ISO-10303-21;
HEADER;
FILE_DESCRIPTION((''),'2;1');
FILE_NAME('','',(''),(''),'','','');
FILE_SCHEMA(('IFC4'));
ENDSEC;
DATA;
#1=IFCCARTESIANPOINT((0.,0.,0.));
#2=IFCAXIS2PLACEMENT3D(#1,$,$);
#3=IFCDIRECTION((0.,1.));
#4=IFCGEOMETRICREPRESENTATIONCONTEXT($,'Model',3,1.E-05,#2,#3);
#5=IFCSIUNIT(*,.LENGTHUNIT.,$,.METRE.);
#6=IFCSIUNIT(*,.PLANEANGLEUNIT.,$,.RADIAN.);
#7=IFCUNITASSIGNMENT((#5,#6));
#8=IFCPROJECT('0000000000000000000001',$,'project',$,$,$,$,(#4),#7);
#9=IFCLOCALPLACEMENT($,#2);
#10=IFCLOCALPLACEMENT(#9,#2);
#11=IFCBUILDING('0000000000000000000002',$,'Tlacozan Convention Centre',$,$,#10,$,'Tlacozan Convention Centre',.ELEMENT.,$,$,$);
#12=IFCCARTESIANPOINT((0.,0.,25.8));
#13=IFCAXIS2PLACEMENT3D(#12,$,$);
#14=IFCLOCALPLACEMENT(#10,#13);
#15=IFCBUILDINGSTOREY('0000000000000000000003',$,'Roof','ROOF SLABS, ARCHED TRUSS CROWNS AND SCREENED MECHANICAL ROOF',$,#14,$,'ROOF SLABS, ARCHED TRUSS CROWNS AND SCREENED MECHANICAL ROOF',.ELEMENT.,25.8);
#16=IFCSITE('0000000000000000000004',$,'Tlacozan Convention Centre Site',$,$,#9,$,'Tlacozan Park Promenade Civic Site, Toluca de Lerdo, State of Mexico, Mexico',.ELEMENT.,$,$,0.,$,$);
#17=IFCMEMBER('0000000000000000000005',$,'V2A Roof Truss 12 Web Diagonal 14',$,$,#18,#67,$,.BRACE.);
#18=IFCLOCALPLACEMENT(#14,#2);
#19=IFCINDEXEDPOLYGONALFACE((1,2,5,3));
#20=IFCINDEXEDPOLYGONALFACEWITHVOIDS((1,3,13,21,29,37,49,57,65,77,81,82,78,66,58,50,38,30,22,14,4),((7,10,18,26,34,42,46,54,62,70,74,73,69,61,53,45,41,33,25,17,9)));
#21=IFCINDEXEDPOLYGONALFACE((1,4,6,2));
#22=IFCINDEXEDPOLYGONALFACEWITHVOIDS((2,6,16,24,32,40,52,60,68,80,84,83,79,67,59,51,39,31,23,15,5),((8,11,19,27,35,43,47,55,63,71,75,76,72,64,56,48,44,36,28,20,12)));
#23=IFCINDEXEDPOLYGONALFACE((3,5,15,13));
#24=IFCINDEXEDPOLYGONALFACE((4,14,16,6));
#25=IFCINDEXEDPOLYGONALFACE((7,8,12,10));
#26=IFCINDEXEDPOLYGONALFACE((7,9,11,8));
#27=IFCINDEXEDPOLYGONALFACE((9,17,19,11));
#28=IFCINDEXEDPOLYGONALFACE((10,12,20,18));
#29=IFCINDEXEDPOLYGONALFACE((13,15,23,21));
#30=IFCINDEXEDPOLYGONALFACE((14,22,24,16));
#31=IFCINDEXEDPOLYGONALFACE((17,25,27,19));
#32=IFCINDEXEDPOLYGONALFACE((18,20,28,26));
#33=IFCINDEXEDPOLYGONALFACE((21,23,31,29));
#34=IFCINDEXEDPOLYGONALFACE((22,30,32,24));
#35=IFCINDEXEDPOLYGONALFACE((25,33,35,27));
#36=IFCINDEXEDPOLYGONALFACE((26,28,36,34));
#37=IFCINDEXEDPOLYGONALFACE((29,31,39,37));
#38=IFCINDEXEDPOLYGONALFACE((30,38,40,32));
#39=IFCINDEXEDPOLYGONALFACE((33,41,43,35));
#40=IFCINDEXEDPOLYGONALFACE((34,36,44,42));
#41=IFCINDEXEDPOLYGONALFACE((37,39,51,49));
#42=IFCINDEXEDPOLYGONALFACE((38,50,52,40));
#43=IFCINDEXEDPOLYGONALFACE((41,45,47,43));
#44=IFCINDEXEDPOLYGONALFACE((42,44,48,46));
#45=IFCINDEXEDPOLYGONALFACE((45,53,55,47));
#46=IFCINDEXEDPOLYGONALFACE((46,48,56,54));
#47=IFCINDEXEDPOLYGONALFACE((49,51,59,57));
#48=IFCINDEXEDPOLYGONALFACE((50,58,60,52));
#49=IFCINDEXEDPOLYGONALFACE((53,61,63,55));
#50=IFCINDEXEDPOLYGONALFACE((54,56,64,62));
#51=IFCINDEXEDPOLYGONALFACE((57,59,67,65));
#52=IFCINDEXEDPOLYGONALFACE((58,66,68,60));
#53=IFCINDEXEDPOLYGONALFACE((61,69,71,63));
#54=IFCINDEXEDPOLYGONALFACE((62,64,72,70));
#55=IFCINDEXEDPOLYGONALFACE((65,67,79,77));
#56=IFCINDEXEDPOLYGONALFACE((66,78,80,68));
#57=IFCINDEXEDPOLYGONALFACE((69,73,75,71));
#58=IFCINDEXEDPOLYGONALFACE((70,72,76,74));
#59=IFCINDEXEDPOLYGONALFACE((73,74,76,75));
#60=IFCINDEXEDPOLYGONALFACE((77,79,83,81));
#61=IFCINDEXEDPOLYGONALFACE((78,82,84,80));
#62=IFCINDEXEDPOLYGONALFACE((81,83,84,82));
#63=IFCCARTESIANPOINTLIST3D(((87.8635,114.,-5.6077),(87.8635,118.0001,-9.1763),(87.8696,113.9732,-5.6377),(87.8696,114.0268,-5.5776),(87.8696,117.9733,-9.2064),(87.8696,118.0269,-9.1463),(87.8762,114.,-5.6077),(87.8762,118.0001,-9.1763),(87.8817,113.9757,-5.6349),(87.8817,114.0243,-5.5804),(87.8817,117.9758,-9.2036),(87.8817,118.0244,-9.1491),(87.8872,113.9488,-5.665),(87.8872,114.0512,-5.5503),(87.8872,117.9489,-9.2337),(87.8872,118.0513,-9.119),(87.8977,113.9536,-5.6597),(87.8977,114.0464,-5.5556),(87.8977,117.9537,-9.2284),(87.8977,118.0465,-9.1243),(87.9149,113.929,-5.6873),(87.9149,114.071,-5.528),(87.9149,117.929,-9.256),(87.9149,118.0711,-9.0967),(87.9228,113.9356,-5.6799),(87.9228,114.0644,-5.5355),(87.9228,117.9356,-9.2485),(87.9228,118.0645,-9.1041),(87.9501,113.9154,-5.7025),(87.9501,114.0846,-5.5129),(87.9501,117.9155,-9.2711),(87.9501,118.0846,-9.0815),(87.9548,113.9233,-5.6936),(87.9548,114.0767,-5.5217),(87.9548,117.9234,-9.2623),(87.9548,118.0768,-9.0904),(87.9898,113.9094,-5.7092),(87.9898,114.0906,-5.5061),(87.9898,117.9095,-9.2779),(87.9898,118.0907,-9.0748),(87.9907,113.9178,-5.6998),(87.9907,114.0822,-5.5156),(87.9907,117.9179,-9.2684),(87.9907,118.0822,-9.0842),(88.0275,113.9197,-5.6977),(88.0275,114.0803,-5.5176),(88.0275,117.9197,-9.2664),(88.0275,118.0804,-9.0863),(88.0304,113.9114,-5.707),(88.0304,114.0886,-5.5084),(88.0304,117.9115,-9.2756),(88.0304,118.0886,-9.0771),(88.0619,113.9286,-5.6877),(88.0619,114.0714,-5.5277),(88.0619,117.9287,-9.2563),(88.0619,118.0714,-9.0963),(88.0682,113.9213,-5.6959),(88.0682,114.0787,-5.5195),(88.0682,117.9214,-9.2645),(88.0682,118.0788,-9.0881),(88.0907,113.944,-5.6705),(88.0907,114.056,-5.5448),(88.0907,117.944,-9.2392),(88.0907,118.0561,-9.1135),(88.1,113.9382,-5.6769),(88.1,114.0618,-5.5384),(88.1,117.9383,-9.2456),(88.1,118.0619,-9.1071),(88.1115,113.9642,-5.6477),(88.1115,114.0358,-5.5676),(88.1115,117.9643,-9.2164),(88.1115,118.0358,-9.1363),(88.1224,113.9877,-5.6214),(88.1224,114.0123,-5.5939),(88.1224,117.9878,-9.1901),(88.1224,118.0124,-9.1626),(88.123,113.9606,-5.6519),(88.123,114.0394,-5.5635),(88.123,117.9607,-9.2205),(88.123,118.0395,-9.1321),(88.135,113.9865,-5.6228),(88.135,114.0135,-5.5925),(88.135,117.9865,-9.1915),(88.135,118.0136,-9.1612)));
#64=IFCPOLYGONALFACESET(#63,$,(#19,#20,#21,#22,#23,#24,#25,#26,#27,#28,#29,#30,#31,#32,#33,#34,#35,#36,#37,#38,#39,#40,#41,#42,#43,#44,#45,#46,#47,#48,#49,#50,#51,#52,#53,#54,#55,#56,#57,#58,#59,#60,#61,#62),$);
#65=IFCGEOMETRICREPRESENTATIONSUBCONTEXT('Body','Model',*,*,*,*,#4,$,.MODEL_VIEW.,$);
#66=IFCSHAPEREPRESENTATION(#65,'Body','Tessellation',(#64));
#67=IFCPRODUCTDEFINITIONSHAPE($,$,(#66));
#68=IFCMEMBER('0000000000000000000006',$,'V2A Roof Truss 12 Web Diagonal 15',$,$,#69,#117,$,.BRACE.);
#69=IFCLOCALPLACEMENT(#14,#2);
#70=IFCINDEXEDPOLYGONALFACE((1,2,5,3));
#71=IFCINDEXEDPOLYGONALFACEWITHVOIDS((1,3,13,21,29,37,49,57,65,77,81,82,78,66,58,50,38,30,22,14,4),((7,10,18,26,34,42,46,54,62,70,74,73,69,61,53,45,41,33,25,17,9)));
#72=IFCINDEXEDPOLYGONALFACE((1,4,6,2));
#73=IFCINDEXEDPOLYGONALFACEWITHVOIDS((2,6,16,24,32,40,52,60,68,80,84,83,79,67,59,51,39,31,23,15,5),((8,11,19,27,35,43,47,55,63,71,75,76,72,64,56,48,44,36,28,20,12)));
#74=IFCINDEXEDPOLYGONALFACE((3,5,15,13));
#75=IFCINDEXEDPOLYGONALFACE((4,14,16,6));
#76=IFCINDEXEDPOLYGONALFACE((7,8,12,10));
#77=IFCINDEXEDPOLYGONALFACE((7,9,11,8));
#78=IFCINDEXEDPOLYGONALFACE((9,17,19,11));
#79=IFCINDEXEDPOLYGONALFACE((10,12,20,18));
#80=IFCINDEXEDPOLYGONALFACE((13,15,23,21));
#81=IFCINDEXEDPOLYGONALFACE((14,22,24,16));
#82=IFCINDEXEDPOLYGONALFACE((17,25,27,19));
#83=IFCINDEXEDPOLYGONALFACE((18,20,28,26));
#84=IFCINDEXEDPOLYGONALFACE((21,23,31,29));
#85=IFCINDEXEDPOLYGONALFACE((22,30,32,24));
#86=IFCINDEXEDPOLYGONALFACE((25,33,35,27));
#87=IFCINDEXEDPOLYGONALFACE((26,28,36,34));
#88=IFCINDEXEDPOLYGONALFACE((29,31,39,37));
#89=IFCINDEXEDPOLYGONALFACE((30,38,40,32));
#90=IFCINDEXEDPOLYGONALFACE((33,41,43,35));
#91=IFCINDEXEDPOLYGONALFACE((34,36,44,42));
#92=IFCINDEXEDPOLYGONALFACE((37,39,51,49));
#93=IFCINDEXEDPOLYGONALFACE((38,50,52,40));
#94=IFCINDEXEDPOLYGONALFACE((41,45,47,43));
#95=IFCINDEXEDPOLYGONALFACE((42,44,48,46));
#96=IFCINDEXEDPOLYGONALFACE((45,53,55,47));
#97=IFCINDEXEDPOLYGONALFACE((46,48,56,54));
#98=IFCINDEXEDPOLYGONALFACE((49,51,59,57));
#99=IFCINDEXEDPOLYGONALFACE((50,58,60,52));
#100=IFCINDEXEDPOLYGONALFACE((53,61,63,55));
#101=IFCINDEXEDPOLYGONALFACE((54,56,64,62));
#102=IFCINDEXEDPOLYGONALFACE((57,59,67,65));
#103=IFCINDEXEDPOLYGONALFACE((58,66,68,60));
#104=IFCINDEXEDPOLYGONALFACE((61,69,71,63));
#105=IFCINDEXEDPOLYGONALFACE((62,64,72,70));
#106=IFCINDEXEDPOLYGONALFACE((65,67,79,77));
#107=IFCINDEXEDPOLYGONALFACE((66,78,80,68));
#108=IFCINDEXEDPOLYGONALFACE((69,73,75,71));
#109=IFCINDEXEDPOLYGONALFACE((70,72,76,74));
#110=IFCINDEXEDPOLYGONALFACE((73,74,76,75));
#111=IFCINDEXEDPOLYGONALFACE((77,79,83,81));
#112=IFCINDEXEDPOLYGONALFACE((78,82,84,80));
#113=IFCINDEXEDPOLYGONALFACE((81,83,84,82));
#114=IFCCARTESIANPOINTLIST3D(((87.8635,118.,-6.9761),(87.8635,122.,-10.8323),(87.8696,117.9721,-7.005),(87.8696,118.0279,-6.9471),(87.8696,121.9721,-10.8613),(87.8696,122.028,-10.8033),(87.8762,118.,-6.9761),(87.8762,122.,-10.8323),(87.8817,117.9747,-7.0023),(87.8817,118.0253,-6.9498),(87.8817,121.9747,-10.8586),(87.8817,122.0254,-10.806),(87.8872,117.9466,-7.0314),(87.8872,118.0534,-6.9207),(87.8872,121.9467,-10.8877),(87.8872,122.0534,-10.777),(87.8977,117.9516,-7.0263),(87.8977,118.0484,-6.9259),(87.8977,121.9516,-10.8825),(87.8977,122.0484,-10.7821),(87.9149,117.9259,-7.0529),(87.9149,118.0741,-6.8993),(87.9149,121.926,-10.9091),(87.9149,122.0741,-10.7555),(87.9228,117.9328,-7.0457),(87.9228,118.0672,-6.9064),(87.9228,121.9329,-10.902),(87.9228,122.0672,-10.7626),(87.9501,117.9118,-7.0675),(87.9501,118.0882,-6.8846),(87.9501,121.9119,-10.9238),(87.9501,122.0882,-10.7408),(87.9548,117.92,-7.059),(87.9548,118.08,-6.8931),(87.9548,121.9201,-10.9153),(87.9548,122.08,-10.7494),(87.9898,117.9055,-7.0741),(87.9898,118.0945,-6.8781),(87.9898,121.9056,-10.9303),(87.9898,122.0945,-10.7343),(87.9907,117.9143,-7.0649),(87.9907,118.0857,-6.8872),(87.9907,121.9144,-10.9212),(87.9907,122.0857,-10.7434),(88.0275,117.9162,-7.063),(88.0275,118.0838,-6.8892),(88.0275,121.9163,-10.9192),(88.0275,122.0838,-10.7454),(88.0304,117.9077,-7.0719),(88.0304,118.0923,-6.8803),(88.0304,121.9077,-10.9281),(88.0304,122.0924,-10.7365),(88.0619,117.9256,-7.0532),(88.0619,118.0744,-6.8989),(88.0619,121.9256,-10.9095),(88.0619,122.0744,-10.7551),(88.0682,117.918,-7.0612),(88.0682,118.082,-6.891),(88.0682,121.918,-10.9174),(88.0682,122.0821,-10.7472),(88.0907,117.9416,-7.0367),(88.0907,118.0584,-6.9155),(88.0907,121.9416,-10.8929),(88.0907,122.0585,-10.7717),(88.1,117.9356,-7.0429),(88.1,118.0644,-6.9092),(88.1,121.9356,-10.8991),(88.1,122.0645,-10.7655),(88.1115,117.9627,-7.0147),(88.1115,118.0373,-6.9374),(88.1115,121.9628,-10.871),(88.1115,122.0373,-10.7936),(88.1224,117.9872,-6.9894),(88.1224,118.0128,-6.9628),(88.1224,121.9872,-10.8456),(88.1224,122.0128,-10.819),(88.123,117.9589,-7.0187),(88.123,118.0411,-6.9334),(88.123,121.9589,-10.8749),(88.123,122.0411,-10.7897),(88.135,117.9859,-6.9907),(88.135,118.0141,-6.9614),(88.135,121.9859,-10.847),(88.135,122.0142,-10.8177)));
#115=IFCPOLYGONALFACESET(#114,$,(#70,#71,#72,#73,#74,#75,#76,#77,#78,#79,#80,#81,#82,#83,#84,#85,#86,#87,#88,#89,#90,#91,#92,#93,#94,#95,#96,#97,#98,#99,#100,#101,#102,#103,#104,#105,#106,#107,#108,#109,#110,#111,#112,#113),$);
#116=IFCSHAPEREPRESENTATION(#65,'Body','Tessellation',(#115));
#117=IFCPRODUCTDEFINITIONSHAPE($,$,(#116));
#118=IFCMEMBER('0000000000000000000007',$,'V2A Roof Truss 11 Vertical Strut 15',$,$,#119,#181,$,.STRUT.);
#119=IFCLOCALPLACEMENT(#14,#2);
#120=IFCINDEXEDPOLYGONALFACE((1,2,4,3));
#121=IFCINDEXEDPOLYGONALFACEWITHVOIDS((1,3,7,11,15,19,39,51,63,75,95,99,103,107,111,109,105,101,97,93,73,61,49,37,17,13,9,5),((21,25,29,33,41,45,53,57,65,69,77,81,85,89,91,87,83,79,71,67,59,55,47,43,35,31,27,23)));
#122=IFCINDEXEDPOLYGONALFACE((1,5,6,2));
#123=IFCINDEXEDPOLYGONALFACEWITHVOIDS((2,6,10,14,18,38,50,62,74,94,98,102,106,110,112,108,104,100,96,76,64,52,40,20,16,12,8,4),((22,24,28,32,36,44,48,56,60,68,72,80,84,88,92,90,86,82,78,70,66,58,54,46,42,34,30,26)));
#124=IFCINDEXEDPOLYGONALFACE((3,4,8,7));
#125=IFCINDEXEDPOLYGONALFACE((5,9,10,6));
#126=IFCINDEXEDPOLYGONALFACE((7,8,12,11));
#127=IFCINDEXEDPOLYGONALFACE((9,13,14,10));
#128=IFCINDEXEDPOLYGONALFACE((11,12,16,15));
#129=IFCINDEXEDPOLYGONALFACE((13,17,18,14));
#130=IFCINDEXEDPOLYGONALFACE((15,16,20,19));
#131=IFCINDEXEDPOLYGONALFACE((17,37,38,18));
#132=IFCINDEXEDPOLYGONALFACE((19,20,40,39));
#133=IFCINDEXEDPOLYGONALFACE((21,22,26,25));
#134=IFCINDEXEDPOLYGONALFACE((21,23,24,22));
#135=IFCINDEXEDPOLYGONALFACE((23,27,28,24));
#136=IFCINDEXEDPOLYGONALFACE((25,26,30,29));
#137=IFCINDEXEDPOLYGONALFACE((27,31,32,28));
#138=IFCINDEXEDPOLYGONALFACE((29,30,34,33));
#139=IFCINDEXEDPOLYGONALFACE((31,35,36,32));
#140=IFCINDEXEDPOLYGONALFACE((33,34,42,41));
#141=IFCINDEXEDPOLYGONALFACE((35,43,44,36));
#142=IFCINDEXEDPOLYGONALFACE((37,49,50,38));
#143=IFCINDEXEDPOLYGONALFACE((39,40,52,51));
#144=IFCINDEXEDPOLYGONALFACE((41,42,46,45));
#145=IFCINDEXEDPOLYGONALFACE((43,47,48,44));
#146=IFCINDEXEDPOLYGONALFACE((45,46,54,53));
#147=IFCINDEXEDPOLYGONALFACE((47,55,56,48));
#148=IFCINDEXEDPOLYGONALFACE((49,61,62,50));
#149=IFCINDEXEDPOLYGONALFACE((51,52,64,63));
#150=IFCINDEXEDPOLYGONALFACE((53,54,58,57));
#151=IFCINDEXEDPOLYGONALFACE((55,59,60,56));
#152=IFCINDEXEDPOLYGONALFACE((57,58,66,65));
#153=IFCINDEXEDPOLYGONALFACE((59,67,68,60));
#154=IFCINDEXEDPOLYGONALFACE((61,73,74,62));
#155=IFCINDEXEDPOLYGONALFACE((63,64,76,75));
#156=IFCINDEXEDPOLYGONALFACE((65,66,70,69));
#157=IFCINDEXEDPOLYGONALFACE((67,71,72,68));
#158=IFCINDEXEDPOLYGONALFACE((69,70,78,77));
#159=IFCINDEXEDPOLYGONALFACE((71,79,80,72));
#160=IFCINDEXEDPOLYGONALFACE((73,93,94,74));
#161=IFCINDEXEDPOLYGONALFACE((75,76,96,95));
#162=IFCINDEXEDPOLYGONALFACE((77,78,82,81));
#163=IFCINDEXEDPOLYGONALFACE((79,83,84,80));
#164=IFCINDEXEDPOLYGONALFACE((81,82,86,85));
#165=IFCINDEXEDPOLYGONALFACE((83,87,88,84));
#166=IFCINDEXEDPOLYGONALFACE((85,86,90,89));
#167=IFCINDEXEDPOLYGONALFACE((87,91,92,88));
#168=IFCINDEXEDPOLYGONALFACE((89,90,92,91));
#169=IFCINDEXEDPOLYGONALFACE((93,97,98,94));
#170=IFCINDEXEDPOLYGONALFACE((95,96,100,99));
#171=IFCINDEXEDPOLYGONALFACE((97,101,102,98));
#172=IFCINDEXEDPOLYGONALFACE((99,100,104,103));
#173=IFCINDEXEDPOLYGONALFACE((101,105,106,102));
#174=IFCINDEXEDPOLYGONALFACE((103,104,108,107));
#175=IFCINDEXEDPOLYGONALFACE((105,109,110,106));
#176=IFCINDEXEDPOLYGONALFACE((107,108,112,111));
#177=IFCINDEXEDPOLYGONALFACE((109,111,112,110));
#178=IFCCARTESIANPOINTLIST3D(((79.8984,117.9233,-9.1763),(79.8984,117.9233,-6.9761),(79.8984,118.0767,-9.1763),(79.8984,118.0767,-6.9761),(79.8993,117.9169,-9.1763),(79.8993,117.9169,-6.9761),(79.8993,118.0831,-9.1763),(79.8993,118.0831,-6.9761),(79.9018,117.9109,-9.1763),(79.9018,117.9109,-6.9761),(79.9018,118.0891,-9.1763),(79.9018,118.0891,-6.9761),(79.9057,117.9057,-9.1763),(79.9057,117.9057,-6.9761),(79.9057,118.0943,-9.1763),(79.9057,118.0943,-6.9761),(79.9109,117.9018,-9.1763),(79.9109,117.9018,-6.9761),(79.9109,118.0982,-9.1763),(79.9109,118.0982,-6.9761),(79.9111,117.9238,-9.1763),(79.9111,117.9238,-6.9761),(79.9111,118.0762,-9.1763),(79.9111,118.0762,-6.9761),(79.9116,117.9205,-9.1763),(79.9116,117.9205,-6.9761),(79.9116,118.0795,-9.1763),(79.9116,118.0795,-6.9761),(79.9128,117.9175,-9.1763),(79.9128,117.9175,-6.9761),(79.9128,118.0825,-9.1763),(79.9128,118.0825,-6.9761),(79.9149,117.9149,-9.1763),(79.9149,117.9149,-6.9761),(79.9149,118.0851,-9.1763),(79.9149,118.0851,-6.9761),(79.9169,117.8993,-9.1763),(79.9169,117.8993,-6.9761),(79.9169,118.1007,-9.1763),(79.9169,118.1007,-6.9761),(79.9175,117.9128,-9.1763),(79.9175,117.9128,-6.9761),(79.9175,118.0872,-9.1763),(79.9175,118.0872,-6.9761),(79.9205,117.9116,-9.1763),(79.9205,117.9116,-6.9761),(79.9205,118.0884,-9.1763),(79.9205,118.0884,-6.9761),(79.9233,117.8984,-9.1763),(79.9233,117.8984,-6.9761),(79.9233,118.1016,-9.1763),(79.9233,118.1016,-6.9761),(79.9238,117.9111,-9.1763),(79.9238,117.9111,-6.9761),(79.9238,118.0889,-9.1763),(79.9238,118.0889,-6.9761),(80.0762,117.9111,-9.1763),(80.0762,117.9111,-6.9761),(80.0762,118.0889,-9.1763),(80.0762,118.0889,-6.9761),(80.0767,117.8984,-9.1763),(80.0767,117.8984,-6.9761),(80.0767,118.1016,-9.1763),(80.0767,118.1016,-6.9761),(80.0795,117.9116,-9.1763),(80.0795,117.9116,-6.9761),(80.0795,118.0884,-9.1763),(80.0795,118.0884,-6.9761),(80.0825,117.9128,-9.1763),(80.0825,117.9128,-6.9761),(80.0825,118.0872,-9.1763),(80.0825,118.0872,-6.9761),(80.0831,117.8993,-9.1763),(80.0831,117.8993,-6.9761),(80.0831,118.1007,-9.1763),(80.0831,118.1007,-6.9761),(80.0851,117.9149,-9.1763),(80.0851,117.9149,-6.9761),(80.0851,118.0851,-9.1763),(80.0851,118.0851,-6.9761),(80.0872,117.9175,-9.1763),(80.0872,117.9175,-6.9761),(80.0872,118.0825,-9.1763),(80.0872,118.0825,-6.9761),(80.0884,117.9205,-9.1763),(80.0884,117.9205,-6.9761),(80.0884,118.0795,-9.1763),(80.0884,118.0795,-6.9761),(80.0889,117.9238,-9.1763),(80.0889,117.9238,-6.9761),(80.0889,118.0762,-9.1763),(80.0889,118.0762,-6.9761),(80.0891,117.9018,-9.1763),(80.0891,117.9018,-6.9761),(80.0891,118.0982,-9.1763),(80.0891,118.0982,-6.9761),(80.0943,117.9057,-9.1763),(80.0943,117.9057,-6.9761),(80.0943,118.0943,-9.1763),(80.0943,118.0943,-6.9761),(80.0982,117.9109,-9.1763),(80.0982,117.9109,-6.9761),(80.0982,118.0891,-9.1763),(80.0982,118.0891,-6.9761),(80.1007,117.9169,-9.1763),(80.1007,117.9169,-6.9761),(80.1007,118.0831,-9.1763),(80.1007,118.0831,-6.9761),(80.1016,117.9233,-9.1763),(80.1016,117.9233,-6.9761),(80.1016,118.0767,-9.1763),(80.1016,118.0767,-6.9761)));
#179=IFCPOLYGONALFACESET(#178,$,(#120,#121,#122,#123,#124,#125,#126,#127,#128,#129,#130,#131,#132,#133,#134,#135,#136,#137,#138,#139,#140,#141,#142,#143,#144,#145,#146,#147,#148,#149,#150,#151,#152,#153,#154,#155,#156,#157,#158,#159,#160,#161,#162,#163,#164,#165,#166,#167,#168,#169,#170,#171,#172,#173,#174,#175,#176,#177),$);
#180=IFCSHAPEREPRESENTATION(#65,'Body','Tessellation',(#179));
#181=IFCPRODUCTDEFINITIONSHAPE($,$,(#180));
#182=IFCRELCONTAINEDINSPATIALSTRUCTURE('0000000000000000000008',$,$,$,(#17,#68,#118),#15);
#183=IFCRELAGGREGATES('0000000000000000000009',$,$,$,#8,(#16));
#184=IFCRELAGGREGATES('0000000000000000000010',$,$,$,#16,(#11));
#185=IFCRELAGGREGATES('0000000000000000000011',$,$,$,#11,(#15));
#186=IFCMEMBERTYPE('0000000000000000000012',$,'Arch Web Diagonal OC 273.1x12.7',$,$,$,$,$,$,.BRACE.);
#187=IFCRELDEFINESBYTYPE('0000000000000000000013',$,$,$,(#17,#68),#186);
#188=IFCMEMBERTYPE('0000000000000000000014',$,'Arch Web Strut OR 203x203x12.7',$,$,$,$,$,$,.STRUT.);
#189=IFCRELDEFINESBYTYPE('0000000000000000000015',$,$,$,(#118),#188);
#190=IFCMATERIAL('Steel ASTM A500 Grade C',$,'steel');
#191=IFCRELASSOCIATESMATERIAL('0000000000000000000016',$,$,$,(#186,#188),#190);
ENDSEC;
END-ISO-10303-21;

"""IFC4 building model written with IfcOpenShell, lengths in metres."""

from ifc_helpers import new_model, si_unit, direction, frame, origin, origin_2d, place, context, subcontext, project, spatial, hollow_rectangle, hollow_circle, extrude, material, material_profile, profile_set, type_object, element, save


model = new_model("IFC4")

# Units and contexts
model_context = context("Model", 3, precision=1e-05, world=origin(), true_north=direction((0.0, 1.0)))
body_context = subcontext(model_context, "Body", "Model", "MODEL_VIEW")
ifc_project = project(units=[si_unit("LENGTHUNIT", "METRE"), si_unit("PLANEANGLEUNIT", "RADIAN")], contexts=[model_context])

# Site, building, storey
site_placement = place(None, origin())
site = spatial("IfcSite", under=ifc_project, at=site_placement, Name="Tlacozan Convention Centre Site", LongName="Tlacozan Park Promenade Civic Site, Toluca de Lerdo, State of Mexico, Mexico", CompositionType="ELEMENT", RefElevation=0.0)
building_placement = place(site_placement, origin())
building = spatial("IfcBuilding", under=site, at=building_placement, Name="Tlacozan Convention Centre", LongName="Tlacozan Convention Centre", CompositionType="ELEMENT")
storey_placement = place(building_placement, frame((0.0, 0.0, 25.8)))
storey = spatial("IfcBuildingStorey", under=building, at=storey_placement, Name="Roof", Description="ROOF SLABS, ARCHED TRUSS CROWNS AND SCREENED MECHANICAL ROOF", LongName="ROOF SLABS, ARCHED TRUSS CROWNS AND SCREENED MECHANICAL ROOF", CompositionType="ELEMENT", Elevation=25.8)

# Members
ifc_material_1 = material(Name="Steel ASTM A500 Grade C", Category="steel")
ifc_material_profile_1 = material_profile(ifc_material_1, hollow_circle(Radius=0.1365, WallThickness=0.0127, at=origin_2d()), Name="OC 273.1x12.7")
ifc_profile_set_1 = profile_set([ifc_material_profile_1], Name="Steel ASTM A500 Grade C")
member_type_1 = type_object("IfcMemberType", Name="Arch Web Diagonal OC 273.1x12.7", PredefinedType="BRACE", material=ifc_profile_set_1)
member_1_placement = place(storey_placement, frame((88.0, 114.0, -5.6077), z_axis=(0.0, 0.746199, -0.665722), x_axis=(-1.0, 0.0, 0.0)))
element("IfcMember", 1, at=member_1_placement, inside=storey, type_object=member_type_1, Name="V2A Roof Truss 12 Web Diagonal 14", PredefinedType="BRACE", context=body_context, shape_type="SweptSolid", body=[
    extrude(hollow_circle(Radius=0.1365, WallThickness=0.0127, at=origin_2d()), origin(), (0.0, 0.0, 1.0), 5.3606),
])
member_2_placement = place(storey_placement, frame((88.0, 118.0, -6.9761), z_axis=(0.0, 0.719929, -0.694048), x_axis=(-1.0, 0.0, 0.0)))
element("IfcMember", 2, at=member_2_placement, inside=storey, type_object=member_type_1, Name="V2A Roof Truss 12 Web Diagonal 15", PredefinedType="BRACE", context=body_context, shape_type="SweptSolid", body=[
    extrude(hollow_circle(Radius=0.1365, WallThickness=0.0127, at=origin_2d()), origin(), (0.0, 0.0, 1.0), 5.5562),
])
ifc_material_profile_2 = material_profile(ifc_material_1, hollow_rectangle(XDim=0.2031, YDim=0.2031, WallThickness=0.0127, InnerFilletRadius=0.0127, OuterFilletRadius=0.0249, at=origin_2d()), Name="OR 203x203x12.7")
ifc_profile_set_2 = profile_set([ifc_material_profile_2], Name="Steel ASTM A500 Grade C")
member_type_2 = type_object("IfcMemberType", Name="Arch Web Strut OR 203x203x12.7", PredefinedType="STRUT", material=ifc_profile_set_2)
member_3_placement = place(storey_placement, frame((80.0, 118.0, -9.1763), z_axis=(0.0, 0.0, 1.0), x_axis=(1.0, 0.0, 0.0)))
element("IfcMember", 3, at=member_3_placement, inside=storey, type_object=member_type_2, Name="V2A Roof Truss 11 Vertical Strut 15", PredefinedType="STRUT", context=body_context, shape_type="SweptSolid", body=[
    extrude(hollow_rectangle(XDim=0.2031, YDim=0.2031, WallThickness=0.0127, InnerFilletRadius=0.0127, OuterFilletRadius=0.0249, at=origin_2d()), origin(), (0.0, 0.0, 1.0), 2.2002),
])

save(model, "model.ifc")
